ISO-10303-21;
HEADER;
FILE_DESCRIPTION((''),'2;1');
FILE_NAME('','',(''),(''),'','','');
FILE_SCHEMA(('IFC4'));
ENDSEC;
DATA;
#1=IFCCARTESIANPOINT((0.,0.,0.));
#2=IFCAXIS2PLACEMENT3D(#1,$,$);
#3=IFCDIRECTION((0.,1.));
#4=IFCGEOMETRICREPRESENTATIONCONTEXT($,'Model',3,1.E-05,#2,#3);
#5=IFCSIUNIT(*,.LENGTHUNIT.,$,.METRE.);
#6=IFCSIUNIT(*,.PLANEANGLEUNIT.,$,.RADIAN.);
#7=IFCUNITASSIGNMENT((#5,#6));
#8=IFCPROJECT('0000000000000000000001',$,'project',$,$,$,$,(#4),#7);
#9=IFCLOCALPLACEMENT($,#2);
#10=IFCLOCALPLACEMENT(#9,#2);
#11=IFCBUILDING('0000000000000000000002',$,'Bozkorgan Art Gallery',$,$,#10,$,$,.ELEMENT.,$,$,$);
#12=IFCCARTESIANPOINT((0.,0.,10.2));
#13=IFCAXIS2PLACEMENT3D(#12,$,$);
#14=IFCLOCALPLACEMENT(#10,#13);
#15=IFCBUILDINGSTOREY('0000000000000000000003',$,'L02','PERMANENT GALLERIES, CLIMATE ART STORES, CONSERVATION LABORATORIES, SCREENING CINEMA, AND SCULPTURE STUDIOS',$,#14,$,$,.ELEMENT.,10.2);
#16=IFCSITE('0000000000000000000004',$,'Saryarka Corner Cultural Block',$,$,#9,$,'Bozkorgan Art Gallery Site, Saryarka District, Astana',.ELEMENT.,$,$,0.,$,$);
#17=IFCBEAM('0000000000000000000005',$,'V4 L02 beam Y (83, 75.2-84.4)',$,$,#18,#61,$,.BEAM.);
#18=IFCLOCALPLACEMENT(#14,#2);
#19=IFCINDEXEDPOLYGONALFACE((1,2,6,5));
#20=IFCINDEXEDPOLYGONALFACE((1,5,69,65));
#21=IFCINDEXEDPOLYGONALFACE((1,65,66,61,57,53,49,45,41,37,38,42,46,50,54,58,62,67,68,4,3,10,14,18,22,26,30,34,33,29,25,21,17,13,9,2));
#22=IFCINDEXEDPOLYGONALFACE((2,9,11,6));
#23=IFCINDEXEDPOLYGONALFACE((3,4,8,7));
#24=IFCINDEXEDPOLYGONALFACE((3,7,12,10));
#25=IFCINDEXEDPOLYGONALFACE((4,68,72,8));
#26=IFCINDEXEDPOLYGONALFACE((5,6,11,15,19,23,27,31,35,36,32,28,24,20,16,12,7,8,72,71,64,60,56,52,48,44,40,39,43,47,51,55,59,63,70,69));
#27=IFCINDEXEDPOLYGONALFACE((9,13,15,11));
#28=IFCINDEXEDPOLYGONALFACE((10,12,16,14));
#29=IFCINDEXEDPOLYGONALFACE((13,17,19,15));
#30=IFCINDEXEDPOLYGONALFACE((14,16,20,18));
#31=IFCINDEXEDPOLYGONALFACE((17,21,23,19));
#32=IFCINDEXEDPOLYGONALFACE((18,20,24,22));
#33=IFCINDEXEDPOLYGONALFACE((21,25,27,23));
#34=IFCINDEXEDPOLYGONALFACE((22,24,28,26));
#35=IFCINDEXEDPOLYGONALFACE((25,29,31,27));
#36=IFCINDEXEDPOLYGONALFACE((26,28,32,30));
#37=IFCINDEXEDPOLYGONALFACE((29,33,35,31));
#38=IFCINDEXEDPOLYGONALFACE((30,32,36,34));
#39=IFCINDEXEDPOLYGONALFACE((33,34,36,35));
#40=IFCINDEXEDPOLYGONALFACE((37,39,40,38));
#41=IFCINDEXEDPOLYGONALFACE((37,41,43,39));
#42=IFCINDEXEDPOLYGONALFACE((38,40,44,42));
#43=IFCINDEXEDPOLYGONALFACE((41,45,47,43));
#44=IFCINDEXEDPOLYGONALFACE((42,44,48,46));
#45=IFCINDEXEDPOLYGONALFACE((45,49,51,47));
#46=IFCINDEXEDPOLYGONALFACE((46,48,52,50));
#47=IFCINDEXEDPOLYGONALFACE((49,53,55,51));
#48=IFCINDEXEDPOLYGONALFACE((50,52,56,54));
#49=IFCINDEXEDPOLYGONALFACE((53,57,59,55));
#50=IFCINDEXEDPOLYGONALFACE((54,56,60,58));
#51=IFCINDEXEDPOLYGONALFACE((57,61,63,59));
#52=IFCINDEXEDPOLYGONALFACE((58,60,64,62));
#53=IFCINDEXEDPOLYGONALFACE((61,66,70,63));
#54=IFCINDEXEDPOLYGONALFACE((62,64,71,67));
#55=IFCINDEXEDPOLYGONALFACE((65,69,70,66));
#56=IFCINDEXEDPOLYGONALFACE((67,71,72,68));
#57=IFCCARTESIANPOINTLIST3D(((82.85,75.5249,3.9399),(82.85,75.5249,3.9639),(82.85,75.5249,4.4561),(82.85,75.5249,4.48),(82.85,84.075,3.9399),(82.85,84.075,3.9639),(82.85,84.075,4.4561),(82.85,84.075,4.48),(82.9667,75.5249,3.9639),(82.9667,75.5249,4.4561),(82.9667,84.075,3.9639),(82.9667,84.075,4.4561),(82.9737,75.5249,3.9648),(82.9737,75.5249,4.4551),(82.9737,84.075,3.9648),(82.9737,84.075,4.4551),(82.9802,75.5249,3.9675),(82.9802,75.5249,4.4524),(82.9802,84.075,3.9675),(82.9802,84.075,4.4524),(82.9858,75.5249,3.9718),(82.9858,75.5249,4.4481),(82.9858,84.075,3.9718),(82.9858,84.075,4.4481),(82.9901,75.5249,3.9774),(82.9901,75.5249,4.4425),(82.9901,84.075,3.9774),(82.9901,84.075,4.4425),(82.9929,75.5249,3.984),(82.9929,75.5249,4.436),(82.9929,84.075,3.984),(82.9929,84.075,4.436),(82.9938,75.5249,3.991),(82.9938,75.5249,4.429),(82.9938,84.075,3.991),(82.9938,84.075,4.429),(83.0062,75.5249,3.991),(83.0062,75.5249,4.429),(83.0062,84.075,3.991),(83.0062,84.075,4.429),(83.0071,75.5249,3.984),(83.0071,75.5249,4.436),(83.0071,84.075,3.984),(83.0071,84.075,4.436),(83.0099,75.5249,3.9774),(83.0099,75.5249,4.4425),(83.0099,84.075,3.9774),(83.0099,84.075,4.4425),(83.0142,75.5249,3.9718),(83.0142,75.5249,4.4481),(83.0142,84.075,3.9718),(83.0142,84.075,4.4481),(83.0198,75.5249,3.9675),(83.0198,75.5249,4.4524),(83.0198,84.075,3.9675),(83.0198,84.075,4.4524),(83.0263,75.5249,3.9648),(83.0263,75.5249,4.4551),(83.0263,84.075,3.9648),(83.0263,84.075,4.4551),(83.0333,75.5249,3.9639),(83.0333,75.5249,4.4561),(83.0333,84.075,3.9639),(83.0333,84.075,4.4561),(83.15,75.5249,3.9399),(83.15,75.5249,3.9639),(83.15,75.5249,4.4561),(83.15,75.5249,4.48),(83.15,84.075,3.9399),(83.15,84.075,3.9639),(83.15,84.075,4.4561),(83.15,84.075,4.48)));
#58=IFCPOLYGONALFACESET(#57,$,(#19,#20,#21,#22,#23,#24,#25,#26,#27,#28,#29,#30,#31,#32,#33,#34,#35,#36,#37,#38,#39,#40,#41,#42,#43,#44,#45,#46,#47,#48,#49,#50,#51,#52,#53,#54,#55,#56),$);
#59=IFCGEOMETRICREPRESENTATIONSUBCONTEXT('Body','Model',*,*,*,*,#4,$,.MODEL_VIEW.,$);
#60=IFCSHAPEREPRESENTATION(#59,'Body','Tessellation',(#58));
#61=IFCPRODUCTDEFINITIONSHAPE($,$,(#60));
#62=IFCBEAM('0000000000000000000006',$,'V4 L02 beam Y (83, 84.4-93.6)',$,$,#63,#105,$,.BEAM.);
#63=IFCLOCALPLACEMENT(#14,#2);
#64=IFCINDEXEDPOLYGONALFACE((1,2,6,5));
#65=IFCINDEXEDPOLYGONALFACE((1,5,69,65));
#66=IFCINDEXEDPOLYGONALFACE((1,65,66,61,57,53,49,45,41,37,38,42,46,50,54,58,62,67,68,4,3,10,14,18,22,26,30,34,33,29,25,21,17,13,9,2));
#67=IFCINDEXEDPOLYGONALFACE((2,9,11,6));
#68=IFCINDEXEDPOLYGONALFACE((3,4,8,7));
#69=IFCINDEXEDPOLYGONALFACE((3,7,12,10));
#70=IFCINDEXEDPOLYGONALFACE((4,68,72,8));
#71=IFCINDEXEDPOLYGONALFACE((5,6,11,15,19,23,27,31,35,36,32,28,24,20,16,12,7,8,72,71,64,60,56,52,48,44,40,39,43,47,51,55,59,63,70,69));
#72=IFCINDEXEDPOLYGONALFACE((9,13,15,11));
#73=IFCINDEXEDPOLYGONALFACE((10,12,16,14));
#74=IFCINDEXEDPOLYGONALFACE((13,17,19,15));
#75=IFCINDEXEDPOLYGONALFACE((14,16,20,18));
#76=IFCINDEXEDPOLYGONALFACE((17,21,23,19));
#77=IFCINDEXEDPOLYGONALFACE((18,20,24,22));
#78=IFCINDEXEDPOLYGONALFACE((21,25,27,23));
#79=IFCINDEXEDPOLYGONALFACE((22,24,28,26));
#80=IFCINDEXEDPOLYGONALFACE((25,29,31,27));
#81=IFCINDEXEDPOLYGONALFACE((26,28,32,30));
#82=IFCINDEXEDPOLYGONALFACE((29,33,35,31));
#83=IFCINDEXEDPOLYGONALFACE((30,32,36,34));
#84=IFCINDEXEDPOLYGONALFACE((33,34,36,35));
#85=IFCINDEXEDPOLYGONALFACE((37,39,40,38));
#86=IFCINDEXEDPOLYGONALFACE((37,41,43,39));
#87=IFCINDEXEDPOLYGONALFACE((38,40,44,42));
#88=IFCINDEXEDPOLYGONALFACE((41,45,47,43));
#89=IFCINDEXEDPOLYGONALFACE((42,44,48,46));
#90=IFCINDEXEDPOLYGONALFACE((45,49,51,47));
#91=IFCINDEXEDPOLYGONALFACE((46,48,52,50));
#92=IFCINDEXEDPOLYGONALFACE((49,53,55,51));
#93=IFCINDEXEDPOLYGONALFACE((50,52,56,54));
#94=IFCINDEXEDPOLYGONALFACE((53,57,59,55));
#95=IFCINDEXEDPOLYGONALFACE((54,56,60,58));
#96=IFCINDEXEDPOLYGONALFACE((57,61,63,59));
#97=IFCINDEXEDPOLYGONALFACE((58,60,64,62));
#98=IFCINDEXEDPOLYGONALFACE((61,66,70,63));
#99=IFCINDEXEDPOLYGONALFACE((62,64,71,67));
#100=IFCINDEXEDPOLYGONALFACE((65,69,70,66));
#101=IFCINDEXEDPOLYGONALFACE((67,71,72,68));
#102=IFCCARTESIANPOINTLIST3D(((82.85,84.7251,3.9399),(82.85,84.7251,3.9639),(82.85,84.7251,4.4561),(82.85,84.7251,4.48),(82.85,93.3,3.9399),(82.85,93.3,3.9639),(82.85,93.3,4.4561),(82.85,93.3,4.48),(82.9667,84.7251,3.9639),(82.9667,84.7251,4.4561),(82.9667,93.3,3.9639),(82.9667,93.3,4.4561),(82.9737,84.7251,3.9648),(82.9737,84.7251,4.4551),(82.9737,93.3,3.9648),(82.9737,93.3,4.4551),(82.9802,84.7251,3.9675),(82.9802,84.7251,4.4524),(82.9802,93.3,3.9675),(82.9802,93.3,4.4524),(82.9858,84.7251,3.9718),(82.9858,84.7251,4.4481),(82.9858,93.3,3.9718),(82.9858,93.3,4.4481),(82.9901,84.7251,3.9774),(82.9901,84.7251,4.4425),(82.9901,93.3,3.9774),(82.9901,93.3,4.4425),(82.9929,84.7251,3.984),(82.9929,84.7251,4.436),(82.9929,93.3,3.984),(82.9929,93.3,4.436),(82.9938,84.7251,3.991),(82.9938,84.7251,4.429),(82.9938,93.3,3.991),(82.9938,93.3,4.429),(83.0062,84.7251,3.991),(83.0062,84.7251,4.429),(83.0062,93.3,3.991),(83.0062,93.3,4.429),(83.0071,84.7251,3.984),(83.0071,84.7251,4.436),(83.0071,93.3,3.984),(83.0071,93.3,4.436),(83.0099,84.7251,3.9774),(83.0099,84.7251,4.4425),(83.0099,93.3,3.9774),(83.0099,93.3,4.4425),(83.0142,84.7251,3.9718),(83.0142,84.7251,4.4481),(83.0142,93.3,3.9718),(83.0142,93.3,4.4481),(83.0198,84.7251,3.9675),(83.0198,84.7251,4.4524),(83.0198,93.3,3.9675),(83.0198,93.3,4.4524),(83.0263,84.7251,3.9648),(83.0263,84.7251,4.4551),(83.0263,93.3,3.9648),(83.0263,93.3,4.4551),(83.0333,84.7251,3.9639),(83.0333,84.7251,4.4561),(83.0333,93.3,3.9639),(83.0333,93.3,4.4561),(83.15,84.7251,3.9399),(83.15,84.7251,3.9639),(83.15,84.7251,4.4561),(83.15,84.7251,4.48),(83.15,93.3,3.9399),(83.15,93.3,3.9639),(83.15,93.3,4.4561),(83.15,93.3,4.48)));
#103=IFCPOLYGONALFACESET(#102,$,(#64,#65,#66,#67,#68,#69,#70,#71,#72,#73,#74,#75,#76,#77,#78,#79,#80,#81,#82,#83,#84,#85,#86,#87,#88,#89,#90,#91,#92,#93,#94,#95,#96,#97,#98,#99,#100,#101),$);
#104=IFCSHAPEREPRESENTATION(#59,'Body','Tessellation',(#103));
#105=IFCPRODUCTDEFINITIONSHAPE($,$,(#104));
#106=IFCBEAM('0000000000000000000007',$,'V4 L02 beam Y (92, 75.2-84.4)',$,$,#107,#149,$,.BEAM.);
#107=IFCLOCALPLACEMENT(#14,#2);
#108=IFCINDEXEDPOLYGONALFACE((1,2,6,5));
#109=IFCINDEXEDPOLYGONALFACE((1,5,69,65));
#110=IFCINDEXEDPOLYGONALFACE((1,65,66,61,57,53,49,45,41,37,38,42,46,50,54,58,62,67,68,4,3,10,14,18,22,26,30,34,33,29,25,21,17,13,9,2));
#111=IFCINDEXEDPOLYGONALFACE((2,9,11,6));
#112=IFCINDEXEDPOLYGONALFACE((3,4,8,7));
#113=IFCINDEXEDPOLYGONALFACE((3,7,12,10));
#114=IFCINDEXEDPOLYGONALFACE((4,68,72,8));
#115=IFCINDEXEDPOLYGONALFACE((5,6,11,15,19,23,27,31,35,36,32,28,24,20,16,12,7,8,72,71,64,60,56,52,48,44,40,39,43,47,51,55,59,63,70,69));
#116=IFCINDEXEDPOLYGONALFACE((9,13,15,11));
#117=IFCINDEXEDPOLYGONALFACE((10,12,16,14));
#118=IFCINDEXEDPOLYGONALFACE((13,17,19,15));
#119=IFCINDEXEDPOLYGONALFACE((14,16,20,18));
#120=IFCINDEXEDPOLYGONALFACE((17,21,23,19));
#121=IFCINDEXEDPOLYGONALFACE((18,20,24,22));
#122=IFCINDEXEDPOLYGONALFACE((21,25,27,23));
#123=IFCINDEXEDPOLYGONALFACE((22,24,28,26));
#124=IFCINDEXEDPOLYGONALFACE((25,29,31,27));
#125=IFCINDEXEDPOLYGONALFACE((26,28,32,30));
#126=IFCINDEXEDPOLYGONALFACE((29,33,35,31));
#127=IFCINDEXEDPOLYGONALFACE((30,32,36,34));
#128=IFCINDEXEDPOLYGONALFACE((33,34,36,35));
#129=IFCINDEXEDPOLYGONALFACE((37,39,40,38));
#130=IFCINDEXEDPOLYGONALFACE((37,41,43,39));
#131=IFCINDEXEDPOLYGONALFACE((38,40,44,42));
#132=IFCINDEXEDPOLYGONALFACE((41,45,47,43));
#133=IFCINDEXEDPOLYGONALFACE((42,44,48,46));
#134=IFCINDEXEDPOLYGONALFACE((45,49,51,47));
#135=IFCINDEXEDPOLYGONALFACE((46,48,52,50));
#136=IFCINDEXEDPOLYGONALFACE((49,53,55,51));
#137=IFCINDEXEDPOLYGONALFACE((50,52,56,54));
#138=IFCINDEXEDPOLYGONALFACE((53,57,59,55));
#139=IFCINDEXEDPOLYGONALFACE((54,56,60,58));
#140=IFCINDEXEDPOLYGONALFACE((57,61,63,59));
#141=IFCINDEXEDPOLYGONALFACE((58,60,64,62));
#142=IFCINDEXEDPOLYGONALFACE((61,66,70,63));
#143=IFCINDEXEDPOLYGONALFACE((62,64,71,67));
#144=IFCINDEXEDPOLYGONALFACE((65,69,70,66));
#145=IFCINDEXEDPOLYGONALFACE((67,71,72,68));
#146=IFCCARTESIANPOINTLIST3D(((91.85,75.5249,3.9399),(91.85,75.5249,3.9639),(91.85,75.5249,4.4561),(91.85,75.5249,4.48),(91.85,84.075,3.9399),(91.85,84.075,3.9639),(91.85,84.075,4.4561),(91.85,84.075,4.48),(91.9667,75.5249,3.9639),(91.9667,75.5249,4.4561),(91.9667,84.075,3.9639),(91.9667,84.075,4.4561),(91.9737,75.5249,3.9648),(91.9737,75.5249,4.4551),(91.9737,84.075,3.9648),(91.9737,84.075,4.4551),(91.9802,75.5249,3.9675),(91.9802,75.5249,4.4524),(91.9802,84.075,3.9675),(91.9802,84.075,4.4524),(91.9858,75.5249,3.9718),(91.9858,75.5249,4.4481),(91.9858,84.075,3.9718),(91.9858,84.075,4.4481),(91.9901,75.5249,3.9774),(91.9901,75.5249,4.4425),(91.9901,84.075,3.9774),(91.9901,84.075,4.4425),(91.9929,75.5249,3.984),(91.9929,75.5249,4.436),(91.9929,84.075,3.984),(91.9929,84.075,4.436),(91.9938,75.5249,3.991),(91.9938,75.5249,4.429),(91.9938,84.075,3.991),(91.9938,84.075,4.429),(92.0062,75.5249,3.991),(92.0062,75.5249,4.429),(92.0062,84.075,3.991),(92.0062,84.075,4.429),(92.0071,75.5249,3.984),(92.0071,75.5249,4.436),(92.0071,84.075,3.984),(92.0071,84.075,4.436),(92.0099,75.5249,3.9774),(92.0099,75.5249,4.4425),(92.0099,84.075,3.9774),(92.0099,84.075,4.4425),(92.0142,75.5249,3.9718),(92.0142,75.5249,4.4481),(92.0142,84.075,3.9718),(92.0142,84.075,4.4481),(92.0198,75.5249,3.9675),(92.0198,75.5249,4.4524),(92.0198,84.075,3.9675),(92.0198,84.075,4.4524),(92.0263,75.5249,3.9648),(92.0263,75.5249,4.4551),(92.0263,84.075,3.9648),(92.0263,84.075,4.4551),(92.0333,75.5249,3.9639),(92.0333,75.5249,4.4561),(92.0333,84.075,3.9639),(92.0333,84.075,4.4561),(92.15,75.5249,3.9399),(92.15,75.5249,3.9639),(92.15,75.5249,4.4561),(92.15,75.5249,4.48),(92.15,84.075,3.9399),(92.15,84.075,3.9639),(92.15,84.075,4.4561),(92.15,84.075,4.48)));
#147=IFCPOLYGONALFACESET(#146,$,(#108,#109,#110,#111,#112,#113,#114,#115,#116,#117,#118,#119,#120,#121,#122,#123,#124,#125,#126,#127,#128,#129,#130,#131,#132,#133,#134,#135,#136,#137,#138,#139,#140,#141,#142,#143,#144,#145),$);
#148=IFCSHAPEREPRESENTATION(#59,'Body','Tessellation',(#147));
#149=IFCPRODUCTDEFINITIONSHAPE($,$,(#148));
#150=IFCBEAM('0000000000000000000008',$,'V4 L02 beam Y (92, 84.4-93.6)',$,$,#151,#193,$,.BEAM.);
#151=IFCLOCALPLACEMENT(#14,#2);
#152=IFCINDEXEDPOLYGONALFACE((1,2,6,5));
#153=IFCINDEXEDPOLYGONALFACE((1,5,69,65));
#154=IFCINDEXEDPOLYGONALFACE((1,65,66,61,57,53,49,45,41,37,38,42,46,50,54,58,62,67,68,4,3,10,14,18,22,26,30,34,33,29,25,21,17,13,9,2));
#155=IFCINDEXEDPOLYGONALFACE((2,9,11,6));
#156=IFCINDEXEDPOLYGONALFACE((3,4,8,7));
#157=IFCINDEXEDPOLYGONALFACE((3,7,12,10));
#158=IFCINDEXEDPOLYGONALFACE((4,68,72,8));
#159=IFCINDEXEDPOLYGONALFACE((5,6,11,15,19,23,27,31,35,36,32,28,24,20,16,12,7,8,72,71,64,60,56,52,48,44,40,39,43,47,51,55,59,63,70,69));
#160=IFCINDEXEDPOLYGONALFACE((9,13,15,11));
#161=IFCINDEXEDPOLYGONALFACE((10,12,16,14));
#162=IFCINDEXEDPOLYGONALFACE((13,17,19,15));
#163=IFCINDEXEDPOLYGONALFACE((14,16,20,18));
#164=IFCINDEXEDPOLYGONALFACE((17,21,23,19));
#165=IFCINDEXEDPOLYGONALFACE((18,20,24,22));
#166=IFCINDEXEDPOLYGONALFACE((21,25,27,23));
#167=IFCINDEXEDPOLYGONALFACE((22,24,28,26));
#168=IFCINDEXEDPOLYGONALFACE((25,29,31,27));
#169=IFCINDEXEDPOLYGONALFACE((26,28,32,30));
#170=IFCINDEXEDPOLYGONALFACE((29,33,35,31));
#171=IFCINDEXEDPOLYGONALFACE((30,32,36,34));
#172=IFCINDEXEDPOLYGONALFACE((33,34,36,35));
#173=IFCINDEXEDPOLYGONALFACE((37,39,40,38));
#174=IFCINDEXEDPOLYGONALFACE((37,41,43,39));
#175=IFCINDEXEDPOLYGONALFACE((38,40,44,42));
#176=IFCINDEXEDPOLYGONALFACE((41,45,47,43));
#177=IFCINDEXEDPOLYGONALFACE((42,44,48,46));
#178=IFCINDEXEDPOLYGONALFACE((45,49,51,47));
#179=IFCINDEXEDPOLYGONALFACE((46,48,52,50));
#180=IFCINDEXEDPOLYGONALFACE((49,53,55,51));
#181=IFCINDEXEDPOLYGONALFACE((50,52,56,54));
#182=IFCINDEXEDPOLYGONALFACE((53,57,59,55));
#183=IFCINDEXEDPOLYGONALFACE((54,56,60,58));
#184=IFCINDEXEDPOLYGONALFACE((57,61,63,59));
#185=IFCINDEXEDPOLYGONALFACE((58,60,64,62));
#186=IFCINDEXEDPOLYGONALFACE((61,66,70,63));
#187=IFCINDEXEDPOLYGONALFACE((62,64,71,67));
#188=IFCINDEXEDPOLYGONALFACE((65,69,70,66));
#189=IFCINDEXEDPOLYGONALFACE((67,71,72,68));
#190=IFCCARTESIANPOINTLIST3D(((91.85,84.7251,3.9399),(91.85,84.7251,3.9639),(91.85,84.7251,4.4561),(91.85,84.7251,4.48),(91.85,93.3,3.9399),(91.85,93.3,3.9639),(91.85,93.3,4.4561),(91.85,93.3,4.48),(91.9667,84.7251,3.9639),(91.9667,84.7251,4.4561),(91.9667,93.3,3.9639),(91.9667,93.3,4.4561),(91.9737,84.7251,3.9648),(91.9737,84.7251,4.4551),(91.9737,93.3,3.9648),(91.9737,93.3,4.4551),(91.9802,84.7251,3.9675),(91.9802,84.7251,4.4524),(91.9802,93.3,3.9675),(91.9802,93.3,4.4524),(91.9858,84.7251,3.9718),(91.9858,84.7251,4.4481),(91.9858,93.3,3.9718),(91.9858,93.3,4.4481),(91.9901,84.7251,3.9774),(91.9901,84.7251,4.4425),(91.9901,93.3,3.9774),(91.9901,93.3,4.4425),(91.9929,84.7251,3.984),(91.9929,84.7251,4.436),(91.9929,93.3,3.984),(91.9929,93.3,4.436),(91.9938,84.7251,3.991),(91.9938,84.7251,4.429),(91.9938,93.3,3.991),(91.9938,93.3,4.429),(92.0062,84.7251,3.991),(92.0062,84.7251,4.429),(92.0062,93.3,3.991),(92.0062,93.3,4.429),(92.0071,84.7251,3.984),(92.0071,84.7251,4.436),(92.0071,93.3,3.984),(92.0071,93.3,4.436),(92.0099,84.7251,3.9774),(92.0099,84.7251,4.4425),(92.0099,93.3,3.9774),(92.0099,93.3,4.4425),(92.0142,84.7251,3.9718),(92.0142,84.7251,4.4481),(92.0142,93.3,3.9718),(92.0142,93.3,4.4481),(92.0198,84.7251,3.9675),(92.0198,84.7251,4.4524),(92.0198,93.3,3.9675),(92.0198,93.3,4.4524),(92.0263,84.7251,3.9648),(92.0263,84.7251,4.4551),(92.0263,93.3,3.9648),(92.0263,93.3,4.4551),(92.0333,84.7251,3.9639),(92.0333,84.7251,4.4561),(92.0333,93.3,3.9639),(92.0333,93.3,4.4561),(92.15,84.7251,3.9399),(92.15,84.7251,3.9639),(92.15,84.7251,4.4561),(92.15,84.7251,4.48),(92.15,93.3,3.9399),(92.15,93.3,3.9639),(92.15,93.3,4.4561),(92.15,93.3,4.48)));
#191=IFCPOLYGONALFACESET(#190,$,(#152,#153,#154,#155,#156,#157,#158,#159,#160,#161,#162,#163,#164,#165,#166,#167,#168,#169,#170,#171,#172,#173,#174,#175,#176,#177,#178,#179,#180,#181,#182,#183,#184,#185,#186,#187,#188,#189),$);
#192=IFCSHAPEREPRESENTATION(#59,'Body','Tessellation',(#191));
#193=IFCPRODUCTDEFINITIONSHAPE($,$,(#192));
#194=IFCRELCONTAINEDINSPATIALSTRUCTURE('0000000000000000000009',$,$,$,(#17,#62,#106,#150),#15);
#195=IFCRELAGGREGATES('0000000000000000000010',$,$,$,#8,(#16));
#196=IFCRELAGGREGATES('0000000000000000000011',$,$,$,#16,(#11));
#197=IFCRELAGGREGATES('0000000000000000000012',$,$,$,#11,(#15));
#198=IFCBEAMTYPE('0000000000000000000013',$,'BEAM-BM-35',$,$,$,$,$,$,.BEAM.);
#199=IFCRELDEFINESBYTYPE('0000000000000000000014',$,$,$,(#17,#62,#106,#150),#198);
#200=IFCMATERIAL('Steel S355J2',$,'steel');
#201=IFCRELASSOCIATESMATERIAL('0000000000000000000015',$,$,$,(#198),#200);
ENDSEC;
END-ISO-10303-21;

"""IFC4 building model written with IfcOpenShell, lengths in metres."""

from ifc_helpers import new_model, si_unit, direction, frame, origin, origin_2d, place, context, subcontext, project, spatial, i_section, extrude, material, material_profile, profile_set, type_object, element, save


model = new_model("IFC4")

# Units and contexts
model_context = context("Model", 3, precision=1e-05, world=origin(), true_north=direction((0.0, 1.0)))
body_context = subcontext(model_context, "Body", "Model", "MODEL_VIEW")
ifc_project = project(units=[si_unit("LENGTHUNIT", "METRE"), si_unit("PLANEANGLEUNIT", "RADIAN")], contexts=[model_context])

# Site, building, storey
site_placement = place(None, origin())
site = spatial("IfcSite", under=ifc_project, at=site_placement, Name="Saryarka Corner Cultural Block", LongName="Bozkorgan Art Gallery Site, Saryarka District, Astana", CompositionType="ELEMENT", RefElevation=0.0)
building_placement = place(site_placement, origin())
building = spatial("IfcBuilding", under=site, at=building_placement, Name="Bozkorgan Art Gallery", CompositionType="ELEMENT")
storey_placement = place(building_placement, frame((0.0, 0.0, 10.2)))
storey = spatial("IfcBuildingStorey", under=building, at=storey_placement, Name="L02", Description="PERMANENT GALLERIES, CLIMATE ART STORES, CONSERVATION LABORATORIES, SCREENING CINEMA, AND SCULPTURE STUDIOS", CompositionType="ELEMENT", Elevation=10.2)

# Beams
ifc_material_1 = material(Name="Steel S355J2", Category="steel")
ifc_material_profile_1 = material_profile(ifc_material_1, i_section(OverallWidth=0.3, OverallDepth=0.54, WebThickness=0.0125, FlangeThickness=0.0239, FilletRadius=0.0271, at=origin_2d()), Name="HEA 550")
ifc_profile_set_1 = profile_set([ifc_material_profile_1], Name="Steel S355J2")
beam_type_1 = type_object("IfcBeamType", Name="BEAM-BM-35", PredefinedType="BEAM", material=ifc_profile_set_1)
beam_1_placement = place(storey_placement, frame((83.0, 75.5249, 4.21), z_axis=(0.0, 1.0, 0.0), x_axis=(-1.0, 0.0, 0.0)))
element("IfcBeam", 1, at=beam_1_placement, inside=storey, type_object=beam_type_1, Name="V4 L02 beam Y (83, 75.2-84.4)", PredefinedType="BEAM", context=body_context, shape_type="SweptSolid", body=[
    extrude(i_section(OverallWidth=0.3, OverallDepth=0.54, WebThickness=0.0125, FlangeThickness=0.0239, FilletRadius=0.0271, at=origin_2d()), origin(), (0.0, 0.0, 1.0), 8.55),
])
beam_2_placement = place(storey_placement, frame((83.0, 84.7251, 4.21), z_axis=(0.0, 1.0, 0.0), x_axis=(-1.0, 0.0, 0.0)))
element("IfcBeam", 2, at=beam_2_placement, inside=storey, type_object=beam_type_1, Name="V4 L02 beam Y (83, 84.4-93.6)", PredefinedType="BEAM", context=body_context, shape_type="SweptSolid", body=[
    extrude(i_section(OverallWidth=0.3, OverallDepth=0.54, WebThickness=0.0125, FlangeThickness=0.0239, FilletRadius=0.0271, at=origin_2d()), origin(), (0.0, 0.0, 1.0), 8.575),
])
beam_3_placement = place(storey_placement, frame((92.0, 75.5249, 4.21), z_axis=(0.0, 1.0, 0.0), x_axis=(-1.0, 0.0, 0.0)))
element("IfcBeam", 3, at=beam_3_placement, inside=storey, type_object=beam_type_1, Name="V4 L02 beam Y (92, 75.2-84.4)", PredefinedType="BEAM", context=body_context, shape_type="SweptSolid", body=[
    extrude(i_section(OverallWidth=0.3, OverallDepth=0.54, WebThickness=0.0125, FlangeThickness=0.0239, FilletRadius=0.0271, at=origin_2d()), origin(), (0.0, 0.0, 1.0), 8.55),
])
beam_4_placement = place(storey_placement, frame((92.0, 84.7251, 4.21), z_axis=(0.0, 1.0, 0.0), x_axis=(-1.0, 0.0, 0.0)))
element("IfcBeam", 4, at=beam_4_placement, inside=storey, type_object=beam_type_1, Name="V4 L02 beam Y (92, 84.4-93.6)", PredefinedType="BEAM", context=body_context, shape_type="SweptSolid", body=[
    extrude(i_section(OverallWidth=0.3, OverallDepth=0.54, WebThickness=0.0125, FlangeThickness=0.0239, FilletRadius=0.0271, at=origin_2d()), origin(), (0.0, 0.0, 1.0), 8.575),
])

save(model, "model.ifc")
